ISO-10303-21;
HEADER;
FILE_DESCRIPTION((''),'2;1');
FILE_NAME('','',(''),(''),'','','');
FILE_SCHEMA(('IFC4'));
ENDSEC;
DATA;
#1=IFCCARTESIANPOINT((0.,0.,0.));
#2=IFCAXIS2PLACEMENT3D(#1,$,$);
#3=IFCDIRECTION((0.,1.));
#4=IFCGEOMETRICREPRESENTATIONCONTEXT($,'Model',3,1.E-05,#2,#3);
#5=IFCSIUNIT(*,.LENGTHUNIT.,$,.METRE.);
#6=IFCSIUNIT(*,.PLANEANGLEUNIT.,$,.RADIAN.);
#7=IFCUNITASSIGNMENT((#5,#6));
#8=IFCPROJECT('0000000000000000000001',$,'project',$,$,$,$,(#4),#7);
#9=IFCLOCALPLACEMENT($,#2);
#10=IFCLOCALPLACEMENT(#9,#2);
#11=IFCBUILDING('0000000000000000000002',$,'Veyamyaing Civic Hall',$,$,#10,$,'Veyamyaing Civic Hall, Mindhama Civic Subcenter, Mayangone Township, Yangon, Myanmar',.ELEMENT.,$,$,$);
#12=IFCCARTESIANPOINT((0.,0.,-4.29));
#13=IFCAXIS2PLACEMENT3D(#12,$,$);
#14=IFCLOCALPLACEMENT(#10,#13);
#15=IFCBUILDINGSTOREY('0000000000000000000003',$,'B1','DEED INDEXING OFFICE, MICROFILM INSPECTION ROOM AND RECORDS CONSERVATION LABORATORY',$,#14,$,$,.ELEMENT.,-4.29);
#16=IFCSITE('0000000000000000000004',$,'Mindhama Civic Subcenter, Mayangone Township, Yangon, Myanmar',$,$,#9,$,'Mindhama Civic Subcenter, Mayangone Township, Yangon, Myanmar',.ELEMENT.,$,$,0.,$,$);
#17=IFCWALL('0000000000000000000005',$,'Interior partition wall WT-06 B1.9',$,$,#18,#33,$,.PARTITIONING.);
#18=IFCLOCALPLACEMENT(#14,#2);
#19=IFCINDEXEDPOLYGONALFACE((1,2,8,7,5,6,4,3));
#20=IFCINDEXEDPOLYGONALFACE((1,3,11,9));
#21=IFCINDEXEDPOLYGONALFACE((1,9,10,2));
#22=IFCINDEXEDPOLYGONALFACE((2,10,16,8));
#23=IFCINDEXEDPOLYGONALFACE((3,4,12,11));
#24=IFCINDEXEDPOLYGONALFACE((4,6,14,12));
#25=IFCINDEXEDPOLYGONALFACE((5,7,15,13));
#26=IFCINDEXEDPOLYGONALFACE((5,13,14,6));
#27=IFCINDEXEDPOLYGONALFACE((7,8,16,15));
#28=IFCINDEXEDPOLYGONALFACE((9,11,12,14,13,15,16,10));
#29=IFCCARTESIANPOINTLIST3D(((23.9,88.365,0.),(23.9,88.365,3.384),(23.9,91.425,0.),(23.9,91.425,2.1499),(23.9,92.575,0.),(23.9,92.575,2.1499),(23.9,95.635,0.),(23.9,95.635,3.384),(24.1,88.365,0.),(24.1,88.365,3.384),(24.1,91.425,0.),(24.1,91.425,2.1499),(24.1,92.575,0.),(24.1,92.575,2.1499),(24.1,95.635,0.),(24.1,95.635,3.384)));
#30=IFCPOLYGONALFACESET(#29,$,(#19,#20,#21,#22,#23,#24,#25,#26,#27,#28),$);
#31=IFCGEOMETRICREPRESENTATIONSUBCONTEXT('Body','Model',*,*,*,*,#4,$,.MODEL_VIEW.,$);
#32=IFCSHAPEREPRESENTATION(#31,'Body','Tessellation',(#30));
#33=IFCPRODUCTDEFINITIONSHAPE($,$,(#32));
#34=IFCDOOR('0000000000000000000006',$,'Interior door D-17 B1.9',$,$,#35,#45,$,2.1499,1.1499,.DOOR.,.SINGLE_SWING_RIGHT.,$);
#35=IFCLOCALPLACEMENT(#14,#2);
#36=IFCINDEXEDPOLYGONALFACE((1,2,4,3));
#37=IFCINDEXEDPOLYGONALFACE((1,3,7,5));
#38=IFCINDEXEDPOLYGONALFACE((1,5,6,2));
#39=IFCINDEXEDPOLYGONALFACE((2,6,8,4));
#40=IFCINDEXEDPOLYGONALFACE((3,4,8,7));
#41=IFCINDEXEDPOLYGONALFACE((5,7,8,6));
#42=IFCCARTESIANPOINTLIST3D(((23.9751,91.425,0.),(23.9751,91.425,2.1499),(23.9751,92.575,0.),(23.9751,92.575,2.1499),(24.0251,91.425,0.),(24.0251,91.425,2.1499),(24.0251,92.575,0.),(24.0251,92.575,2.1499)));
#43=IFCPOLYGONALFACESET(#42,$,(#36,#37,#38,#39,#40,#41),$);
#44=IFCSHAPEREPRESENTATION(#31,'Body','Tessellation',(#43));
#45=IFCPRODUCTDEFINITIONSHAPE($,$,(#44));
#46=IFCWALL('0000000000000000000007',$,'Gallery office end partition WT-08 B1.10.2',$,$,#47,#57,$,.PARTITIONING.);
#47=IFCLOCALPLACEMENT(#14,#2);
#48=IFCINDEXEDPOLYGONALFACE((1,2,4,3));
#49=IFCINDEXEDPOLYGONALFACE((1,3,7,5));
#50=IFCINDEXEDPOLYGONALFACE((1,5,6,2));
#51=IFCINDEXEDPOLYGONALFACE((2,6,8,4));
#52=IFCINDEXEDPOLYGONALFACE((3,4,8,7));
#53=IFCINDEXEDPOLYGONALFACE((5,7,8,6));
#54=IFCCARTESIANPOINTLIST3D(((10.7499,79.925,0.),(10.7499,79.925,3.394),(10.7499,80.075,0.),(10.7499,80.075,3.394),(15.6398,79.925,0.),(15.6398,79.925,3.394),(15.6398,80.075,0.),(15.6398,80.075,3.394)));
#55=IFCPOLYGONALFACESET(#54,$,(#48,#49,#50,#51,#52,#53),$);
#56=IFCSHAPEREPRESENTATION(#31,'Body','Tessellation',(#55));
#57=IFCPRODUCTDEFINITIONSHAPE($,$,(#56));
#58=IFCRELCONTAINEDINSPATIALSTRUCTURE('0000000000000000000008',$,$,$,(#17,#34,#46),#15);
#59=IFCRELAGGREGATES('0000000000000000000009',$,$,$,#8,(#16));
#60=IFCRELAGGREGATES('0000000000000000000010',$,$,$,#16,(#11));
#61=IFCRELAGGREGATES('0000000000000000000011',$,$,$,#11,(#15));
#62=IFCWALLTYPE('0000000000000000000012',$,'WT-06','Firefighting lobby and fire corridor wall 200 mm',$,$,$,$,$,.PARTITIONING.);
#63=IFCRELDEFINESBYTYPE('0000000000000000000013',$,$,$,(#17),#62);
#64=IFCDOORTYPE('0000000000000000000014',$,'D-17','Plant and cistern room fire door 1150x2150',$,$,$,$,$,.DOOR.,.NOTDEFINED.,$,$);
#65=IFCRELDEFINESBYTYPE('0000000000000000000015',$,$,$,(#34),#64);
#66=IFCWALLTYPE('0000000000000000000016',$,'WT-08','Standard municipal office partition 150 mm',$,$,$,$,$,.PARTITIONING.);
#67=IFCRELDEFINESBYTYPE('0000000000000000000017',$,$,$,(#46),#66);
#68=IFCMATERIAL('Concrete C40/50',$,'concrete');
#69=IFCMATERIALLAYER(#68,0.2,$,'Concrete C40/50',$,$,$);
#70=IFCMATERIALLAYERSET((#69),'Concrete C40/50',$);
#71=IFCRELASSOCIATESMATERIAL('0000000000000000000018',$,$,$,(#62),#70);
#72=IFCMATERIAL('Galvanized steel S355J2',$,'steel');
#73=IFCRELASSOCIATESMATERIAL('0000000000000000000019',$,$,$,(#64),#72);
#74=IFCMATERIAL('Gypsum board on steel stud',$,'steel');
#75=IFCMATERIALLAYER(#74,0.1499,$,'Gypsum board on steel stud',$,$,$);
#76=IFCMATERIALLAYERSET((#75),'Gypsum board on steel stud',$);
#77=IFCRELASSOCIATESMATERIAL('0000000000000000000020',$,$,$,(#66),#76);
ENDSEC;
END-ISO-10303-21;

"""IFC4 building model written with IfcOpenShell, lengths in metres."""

from ifc_helpers import new_model, si_unit, direction, frame, frame_2d, origin, place, context, subcontext, project, spatial, rectangle, extrude, material, layer, layer_set, type_object, element, fill, save


model = new_model("IFC4")

# Units and contexts
model_context = context("Model", 3, precision=1e-05, world=origin(), true_north=direction((0.0, 1.0)))
body_context = subcontext(model_context, "Body", "Model", "MODEL_VIEW")
ifc_project = project(units=[si_unit("LENGTHUNIT", "METRE"), si_unit("PLANEANGLEUNIT", "RADIAN")], contexts=[model_context])

# Site, building, storey
site_placement = place(None, origin())
site = spatial("IfcSite", under=ifc_project, at=site_placement, Name="Mindhama Civic Subcenter, Mayangone Township, Yangon, Myanmar", LongName="Mindhama Civic Subcenter, Mayangone Township, Yangon, Myanmar", CompositionType="ELEMENT", RefElevation=0.0)
building_placement = place(site_placement, origin())
building = spatial("IfcBuilding", under=site, at=building_placement, Name="Veyamyaing Civic Hall", LongName="Veyamyaing Civic Hall, Mindhama Civic Subcenter, Mayangone Township, Yangon, Myanmar", CompositionType="ELEMENT")
storey_placement = place(building_placement, frame((0.0, 0.0, -4.29)))
storey = spatial("IfcBuildingStorey", under=building, at=storey_placement, Name="B1", Description="DEED INDEXING OFFICE, MICROFILM INSPECTION ROOM AND RECORDS CONSERVATION LABORATORY", CompositionType="ELEMENT", Elevation=-4.29)

# Shared definitions
ifc_material_1 = material(Name="Concrete C40/50", Category="concrete")

# Wall, opening, door
ifc_material_2 = material(Name="Galvanized steel S355J2", Category="steel")
ifc_layer_1 = layer(ifc_material_1, 0.2, Name="Concrete C40/50")
ifc_layer_set_1 = layer_set([ifc_layer_1], Name="Concrete C40/50")
wall_type_1 = type_object("IfcWallType", Name="WT-06", Description="Firefighting lobby and fire corridor wall 200 mm", PredefinedType="PARTITIONING", material=ifc_layer_set_1)
wall_1_placement = place(storey_placement, frame((24.0, 88.365, 0.0), z_axis=(0.0, 0.0, 1.0), x_axis=(0.0, 1.0, 0.0)))
wall_1 = element("IfcWall", 1, at=wall_1_placement, inside=storey, type_object=wall_type_1, Name="Interior partition wall WT-06 B1.9", PredefinedType="PARTITIONING", context=body_context, shape_type="SweptSolid", body=[
    extrude(rectangle(XDim=7.27, YDim=0.2, at=frame_2d((3.635, 0.0))), origin(), (0.0, 0.0, 1.0), 3.384),
])
opening_1_placement = place(wall_1_placement, frame((3.0601, 0.0, 0.0)))
opening_1 = element("IfcOpeningElement", 2, at=opening_1_placement, cuts=wall_1, PredefinedType="OPENING", context=body_context, shape_type="SweptSolid", body=[
    extrude(rectangle(XDim=1.1499, YDim=2.1499, at=frame_2d((0.575, 1.075))), frame((0.0, 0.1099, 0.0), z_axis=(0.0, -1.0, 0.0), x_axis=(1.0, 0.0, 0.0)), (0.0, 0.0, 1.0), 0.22),
])
door_type_1 = type_object("IfcDoorType", Name="D-17", Description="Plant and cistern room fire door 1150x2150", OperationType="NOTDEFINED", PredefinedType="DOOR", material=ifc_material_2)
door_1_placement = place(opening_1_placement, origin())
door_1 = element("IfcDoor", 3, at=door_1_placement, inside=storey, type_object=door_type_1, Name="Interior door D-17 B1.9", OperationType="SINGLE_SWING_RIGHT", OverallHeight=2.1499, OverallWidth=1.1499, PredefinedType="DOOR", context=body_context, shape_type="SweptSolid", body=[
    extrude(rectangle(XDim=1.1499, YDim=2.1499, at=frame_2d((0.575, 1.075))), frame((0.0, 0.0249, 0.0), z_axis=(0.0, -1.0, 0.0), x_axis=(1.0, 0.0, 0.0)), (0.0, 0.0, 1.0), 0.05),
])
fill(opening_1, door_1)

# Wall
ifc_material_3 = material(Name="Gypsum board on steel stud", Category="steel")
ifc_layer_2 = layer(ifc_material_3, 0.1499, Name="Gypsum board on steel stud")
ifc_layer_set_2 = layer_set([ifc_layer_2], Name="Gypsum board on steel stud")
wall_type_2 = type_object("IfcWallType", Name="WT-08", Description="Standard municipal office partition 150 mm", PredefinedType="PARTITIONING", material=ifc_layer_set_2)
wall_2_placement = place(storey_placement, frame((10.75, 80.0, 0.0), z_axis=(0.0, 0.0, 1.0), x_axis=(1.0, 0.0, 0.0)))
element("IfcWall", 4, at=wall_2_placement, inside=storey, type_object=wall_type_2, Name="Gallery office end partition WT-08 B1.10.2", PredefinedType="PARTITIONING", context=body_context, shape_type="SweptSolid", body=[
    extrude(rectangle(XDim=4.8899, YDim=0.1499, at=frame_2d((2.4448, 0.0))), origin(), (0.0, 0.0, 1.0), 3.394),
])

save(model, "model.ifc")
